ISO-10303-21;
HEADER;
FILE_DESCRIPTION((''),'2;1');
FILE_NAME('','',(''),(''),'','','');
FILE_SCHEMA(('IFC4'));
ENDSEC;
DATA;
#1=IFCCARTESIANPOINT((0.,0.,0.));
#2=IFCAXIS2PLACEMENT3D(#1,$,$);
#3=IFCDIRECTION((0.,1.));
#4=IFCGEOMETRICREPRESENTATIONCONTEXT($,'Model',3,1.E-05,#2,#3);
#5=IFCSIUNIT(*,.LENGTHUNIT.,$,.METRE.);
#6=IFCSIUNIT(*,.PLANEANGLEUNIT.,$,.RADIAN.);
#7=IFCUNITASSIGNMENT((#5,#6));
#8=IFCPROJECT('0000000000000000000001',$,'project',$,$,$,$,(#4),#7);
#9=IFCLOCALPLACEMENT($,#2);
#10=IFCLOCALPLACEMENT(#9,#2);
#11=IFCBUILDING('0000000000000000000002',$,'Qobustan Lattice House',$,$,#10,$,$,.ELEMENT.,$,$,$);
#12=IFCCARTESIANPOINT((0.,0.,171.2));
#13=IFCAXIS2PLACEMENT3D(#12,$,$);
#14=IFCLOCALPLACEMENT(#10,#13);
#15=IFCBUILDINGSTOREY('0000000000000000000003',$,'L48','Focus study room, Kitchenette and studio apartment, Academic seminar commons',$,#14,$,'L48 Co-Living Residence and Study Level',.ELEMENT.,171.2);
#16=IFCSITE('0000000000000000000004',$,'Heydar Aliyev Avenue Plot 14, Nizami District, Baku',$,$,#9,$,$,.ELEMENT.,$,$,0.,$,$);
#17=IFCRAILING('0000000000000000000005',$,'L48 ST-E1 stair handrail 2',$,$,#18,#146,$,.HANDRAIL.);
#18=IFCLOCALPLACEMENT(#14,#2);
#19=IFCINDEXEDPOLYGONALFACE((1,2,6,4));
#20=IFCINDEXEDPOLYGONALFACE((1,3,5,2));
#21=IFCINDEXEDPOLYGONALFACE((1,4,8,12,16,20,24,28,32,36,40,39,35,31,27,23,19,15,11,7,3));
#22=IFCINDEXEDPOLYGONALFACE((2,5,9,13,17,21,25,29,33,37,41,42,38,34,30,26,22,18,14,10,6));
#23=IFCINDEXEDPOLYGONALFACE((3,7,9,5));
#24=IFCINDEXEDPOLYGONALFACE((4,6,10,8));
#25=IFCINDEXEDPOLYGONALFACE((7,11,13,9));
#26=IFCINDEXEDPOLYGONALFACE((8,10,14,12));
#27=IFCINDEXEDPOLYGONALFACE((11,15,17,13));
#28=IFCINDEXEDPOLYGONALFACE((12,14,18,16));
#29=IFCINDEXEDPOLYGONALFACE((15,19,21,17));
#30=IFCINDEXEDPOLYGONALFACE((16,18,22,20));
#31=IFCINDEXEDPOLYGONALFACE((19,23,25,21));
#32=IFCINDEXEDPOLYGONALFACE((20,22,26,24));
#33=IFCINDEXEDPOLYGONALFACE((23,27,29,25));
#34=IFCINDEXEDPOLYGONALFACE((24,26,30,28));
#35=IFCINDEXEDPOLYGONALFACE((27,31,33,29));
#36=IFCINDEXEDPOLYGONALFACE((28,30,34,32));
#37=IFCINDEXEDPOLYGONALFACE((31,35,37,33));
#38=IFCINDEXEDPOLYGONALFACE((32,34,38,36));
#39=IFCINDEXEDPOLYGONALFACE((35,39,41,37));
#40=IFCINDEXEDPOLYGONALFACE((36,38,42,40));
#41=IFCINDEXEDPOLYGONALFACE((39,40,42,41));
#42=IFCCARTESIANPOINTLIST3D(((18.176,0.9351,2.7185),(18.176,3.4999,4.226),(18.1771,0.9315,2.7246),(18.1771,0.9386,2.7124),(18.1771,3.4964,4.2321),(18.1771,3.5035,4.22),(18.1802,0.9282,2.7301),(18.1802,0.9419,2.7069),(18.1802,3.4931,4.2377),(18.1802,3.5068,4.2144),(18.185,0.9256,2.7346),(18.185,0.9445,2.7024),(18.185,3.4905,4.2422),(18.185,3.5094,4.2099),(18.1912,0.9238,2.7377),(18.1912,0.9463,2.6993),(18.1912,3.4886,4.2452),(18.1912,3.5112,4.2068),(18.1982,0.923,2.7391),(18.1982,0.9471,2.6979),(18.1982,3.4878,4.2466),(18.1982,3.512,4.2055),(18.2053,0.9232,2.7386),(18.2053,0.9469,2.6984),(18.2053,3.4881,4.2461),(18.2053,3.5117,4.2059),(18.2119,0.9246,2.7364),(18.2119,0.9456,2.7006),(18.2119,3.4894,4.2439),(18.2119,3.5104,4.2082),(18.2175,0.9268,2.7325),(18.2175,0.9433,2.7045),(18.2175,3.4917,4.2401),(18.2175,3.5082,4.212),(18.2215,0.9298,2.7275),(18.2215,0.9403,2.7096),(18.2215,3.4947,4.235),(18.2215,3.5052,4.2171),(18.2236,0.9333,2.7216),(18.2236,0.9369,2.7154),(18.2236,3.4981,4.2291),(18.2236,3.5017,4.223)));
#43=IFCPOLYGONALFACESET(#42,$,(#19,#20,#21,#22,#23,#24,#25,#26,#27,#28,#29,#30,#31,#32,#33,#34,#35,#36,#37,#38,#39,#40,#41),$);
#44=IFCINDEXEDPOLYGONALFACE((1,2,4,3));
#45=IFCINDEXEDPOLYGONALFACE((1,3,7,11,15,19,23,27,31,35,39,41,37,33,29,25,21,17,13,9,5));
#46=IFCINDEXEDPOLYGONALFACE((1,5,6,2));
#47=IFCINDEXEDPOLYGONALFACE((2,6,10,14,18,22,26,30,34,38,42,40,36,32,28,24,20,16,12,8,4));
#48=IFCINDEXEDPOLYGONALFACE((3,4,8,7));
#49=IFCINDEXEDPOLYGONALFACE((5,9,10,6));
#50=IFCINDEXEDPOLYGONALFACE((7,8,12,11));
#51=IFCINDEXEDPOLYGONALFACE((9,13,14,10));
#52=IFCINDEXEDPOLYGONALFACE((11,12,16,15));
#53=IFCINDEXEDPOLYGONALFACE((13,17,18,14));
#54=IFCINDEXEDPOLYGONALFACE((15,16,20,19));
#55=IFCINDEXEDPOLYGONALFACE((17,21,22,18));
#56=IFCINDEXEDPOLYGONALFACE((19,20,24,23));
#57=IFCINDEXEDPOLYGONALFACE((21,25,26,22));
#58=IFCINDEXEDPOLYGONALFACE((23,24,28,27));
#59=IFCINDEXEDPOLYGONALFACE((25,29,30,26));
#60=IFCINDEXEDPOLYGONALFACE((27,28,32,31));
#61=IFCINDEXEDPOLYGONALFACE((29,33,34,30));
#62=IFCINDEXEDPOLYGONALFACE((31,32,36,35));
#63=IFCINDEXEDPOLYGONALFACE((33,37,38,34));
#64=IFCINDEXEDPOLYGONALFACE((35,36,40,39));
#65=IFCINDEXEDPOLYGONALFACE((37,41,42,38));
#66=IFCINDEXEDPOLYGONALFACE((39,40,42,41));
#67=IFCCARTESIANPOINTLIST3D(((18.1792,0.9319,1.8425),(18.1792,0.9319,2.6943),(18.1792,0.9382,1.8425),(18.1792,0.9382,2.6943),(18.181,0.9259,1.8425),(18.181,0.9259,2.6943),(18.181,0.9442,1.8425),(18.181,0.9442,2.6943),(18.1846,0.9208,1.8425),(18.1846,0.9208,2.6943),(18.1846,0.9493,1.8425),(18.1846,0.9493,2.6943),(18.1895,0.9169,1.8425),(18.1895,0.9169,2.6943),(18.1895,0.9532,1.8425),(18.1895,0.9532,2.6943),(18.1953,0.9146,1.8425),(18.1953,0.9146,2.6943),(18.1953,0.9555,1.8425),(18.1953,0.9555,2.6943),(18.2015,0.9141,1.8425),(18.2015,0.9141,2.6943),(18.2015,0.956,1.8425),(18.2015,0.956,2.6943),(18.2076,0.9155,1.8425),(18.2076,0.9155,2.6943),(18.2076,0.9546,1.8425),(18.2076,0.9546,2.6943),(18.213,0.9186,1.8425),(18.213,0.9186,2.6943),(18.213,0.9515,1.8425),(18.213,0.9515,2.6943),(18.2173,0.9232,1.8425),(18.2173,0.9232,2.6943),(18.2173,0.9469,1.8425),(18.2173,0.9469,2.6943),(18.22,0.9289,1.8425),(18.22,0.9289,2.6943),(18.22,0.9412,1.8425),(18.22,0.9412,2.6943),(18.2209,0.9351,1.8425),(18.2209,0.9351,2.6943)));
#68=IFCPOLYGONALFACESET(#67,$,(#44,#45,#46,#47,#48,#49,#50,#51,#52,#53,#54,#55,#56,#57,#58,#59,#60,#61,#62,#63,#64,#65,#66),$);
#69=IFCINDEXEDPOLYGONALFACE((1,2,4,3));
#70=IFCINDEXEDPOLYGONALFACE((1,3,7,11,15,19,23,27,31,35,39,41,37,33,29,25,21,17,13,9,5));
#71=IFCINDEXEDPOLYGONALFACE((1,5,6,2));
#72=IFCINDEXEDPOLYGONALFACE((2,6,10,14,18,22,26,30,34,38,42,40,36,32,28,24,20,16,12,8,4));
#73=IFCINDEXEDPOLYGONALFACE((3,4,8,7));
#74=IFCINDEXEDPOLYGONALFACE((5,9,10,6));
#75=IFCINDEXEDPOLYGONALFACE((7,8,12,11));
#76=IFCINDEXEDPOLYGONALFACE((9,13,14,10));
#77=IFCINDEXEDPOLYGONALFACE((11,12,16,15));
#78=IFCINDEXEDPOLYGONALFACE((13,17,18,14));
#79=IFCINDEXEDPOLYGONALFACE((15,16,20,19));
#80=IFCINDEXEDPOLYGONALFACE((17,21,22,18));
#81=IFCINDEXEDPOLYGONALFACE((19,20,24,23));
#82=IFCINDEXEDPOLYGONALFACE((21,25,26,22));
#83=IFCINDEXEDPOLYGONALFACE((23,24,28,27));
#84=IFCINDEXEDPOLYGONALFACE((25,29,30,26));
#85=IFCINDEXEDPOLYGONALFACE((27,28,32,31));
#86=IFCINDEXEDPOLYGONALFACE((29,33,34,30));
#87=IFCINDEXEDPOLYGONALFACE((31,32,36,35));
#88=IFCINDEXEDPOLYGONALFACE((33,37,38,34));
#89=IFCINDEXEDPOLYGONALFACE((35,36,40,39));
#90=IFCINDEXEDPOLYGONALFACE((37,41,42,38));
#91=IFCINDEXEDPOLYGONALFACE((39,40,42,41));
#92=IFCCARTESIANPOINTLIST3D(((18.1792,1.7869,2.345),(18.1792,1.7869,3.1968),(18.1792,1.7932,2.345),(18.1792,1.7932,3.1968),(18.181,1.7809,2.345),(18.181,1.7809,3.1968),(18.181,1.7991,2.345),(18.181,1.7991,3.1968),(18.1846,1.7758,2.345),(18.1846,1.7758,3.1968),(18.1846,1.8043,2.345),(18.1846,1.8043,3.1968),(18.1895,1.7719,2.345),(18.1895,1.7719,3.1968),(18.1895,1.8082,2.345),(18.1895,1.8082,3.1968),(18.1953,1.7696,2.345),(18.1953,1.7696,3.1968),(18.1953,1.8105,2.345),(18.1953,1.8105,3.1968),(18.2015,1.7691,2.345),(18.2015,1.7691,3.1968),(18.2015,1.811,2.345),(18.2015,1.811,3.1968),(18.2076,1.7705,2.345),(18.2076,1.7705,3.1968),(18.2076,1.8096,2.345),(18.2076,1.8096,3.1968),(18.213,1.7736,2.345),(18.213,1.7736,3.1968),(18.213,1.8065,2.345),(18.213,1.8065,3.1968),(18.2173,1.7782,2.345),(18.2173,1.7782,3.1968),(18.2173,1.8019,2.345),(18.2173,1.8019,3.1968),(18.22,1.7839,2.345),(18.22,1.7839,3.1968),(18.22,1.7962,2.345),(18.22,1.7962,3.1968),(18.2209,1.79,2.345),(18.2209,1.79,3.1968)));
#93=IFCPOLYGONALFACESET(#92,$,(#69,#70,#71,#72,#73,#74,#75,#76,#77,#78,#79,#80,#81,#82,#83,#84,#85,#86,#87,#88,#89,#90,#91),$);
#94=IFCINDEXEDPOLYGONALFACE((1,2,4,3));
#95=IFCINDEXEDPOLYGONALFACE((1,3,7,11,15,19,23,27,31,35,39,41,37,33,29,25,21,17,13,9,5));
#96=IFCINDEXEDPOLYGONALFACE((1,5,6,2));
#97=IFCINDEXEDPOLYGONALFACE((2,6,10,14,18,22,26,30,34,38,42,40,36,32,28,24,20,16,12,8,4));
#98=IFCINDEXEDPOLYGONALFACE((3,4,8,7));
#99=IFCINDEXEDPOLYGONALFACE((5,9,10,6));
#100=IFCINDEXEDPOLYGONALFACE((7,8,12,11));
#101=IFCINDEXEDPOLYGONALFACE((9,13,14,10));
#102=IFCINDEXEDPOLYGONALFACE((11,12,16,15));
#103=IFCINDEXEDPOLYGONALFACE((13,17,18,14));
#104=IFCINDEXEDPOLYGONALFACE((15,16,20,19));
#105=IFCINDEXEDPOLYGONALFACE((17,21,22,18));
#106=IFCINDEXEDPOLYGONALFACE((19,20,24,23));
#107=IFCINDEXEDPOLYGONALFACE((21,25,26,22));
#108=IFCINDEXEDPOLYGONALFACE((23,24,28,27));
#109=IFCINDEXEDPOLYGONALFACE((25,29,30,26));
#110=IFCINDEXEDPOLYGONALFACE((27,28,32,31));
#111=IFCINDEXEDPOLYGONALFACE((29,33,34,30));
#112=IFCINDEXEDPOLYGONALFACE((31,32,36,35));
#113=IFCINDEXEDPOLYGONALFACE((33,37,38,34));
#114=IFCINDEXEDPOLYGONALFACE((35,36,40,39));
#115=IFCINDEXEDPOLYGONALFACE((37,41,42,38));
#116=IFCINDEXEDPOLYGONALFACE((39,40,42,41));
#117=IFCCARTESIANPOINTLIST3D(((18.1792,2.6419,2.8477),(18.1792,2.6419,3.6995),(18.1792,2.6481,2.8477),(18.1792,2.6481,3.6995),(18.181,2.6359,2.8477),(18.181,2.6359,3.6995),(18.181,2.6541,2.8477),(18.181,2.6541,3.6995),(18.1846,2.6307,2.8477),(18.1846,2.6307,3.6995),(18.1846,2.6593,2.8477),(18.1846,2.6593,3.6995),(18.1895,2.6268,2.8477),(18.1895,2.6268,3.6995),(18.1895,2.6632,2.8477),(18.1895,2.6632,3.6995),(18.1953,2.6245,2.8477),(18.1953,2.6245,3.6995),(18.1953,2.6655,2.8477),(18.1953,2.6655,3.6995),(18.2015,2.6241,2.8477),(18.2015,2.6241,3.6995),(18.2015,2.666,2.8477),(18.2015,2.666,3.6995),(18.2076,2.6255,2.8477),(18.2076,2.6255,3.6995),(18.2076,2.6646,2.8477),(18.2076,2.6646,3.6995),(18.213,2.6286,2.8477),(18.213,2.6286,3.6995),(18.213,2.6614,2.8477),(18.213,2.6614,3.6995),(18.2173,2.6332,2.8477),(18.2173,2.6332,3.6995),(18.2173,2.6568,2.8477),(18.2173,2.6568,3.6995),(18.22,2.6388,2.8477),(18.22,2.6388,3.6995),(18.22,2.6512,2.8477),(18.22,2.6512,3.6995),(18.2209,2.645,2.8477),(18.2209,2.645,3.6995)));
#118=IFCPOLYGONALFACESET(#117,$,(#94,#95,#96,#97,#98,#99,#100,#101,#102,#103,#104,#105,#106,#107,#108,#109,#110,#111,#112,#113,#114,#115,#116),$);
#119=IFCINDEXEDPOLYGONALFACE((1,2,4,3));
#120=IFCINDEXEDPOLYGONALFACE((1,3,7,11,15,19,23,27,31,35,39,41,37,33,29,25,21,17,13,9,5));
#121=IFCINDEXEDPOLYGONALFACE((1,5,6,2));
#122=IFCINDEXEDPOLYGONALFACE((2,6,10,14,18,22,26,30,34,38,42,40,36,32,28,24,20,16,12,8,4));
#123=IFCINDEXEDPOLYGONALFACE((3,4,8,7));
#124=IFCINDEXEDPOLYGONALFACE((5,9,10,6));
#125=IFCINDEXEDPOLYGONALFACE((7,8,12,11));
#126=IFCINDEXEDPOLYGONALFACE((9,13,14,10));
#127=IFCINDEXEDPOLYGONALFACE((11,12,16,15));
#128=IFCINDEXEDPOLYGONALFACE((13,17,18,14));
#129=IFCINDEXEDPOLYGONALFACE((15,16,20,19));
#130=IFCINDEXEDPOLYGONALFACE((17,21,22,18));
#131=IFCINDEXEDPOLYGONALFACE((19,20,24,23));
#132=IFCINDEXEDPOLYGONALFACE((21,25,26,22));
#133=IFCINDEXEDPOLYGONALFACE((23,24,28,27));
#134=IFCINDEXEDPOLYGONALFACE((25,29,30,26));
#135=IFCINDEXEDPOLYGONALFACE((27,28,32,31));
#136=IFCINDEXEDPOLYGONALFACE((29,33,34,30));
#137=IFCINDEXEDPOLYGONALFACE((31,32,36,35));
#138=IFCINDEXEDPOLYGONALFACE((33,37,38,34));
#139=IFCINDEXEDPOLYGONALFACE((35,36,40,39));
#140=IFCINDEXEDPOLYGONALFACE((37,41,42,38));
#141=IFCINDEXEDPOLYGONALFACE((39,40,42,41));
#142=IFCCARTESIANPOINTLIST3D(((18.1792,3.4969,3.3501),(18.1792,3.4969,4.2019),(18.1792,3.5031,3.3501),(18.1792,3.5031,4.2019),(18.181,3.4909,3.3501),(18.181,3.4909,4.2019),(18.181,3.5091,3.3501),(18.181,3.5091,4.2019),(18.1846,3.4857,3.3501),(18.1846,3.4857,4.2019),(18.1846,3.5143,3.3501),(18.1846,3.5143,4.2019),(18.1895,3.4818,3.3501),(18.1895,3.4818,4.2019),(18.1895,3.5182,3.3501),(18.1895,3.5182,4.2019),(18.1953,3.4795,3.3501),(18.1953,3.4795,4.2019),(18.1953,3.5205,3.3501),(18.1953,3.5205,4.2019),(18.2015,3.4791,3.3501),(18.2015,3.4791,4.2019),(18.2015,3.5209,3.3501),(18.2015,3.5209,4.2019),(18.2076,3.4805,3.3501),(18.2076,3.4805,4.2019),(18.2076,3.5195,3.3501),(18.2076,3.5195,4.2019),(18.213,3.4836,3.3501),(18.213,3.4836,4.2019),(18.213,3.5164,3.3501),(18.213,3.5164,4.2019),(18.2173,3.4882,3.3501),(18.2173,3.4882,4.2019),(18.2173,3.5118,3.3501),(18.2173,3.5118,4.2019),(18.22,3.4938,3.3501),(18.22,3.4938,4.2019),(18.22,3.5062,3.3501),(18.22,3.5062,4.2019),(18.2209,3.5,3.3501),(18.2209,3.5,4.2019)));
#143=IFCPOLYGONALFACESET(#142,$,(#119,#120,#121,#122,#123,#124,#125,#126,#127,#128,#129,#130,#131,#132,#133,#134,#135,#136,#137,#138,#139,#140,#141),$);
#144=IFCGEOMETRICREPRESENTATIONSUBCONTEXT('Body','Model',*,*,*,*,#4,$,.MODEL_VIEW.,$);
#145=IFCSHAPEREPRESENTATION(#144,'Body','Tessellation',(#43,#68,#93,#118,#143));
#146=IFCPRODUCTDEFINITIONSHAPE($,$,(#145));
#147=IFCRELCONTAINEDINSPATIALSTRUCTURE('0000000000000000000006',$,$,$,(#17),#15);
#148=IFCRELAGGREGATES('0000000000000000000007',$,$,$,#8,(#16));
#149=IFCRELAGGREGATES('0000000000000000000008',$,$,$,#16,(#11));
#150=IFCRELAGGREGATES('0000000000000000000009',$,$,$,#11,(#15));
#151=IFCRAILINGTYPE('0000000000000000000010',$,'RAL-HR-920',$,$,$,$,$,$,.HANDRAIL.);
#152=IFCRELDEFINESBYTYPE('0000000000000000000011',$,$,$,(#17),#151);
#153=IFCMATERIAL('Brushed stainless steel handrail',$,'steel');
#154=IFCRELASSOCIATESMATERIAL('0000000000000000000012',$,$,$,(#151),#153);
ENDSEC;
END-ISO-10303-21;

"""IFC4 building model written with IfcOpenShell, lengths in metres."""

from ifc_helpers import new_model, si_unit, direction, frame, origin, origin_2d, place, context, subcontext, project, spatial, circle, extrude, material, type_object, element, save


model = new_model("IFC4")

# Units and contexts
model_context = context("Model", 3, precision=1e-05, world=origin(), true_north=direction((0.0, 1.0)))
body_context = subcontext(model_context, "Body", "Model", "MODEL_VIEW")
ifc_project = project(units=[si_unit("LENGTHUNIT", "METRE"), si_unit("PLANEANGLEUNIT", "RADIAN")], contexts=[model_context])

# Site, building, storey
site_placement = place(None, origin())
site = spatial("IfcSite", under=ifc_project, at=site_placement, Name="Heydar Aliyev Avenue Plot 14, Nizami District, Baku", CompositionType="ELEMENT", RefElevation=0.0)
building_placement = place(site_placement, origin())
building = spatial("IfcBuilding", under=site, at=building_placement, Name="Qobustan Lattice House", CompositionType="ELEMENT")
storey_placement = place(building_placement, frame((0.0, 0.0, 171.2)))
storey = spatial("IfcBuildingStorey", under=building, at=storey_placement, Name="L48", Description="Focus study room, Kitchenette and studio apartment, Academic seminar commons", LongName="L48 Co-Living Residence and Study Level", CompositionType="ELEMENT", Elevation=171.2)

# Railing
ifc_material_1 = material(Name="Brushed stainless steel handrail", Category="steel")
railing_type_1 = type_object("IfcRailingType", Name="RAL-HR-920", PredefinedType="HANDRAIL", material=ifc_material_1)
railing_1_placement = place(storey_placement, frame((18.2, 0.9351, 1.8425)))
element("IfcRailing", 1, at=railing_1_placement, inside=storey, type_object=railing_type_1, Name="L48 ST-E1 stair handrail 2", PredefinedType="HANDRAIL", context=body_context, shape_type="SweptSolid", body=[
    extrude(circle(Radius=0.0239, at=origin_2d()), frame((0.0, 0.0, 0.876), z_axis=(0.0, 0.862113, 0.506715), x_axis=(-1.0, 0.0, 0.0)), (0.0, 0.0, 1.0), 2.9751),
    extrude(circle(Radius=0.021, at=origin_2d()), origin(), (0.0, 0.0, 1.0), 0.8518),
    extrude(circle(Radius=0.021, at=origin_2d()), frame((0.0, 0.855, 0.5024)), (0.0, 0.0, 1.0), 0.8518),
    extrude(circle(Radius=0.021, at=origin_2d()), frame((0.0, 1.71, 1.0051)), (0.0, 0.0, 1.0), 0.8518),
    extrude(circle(Radius=0.021, at=origin_2d()), frame((0.0, 2.5649, 1.5076)), (0.0, 0.0, 1.0), 0.8518),
])

save(model, "model.ifc")
